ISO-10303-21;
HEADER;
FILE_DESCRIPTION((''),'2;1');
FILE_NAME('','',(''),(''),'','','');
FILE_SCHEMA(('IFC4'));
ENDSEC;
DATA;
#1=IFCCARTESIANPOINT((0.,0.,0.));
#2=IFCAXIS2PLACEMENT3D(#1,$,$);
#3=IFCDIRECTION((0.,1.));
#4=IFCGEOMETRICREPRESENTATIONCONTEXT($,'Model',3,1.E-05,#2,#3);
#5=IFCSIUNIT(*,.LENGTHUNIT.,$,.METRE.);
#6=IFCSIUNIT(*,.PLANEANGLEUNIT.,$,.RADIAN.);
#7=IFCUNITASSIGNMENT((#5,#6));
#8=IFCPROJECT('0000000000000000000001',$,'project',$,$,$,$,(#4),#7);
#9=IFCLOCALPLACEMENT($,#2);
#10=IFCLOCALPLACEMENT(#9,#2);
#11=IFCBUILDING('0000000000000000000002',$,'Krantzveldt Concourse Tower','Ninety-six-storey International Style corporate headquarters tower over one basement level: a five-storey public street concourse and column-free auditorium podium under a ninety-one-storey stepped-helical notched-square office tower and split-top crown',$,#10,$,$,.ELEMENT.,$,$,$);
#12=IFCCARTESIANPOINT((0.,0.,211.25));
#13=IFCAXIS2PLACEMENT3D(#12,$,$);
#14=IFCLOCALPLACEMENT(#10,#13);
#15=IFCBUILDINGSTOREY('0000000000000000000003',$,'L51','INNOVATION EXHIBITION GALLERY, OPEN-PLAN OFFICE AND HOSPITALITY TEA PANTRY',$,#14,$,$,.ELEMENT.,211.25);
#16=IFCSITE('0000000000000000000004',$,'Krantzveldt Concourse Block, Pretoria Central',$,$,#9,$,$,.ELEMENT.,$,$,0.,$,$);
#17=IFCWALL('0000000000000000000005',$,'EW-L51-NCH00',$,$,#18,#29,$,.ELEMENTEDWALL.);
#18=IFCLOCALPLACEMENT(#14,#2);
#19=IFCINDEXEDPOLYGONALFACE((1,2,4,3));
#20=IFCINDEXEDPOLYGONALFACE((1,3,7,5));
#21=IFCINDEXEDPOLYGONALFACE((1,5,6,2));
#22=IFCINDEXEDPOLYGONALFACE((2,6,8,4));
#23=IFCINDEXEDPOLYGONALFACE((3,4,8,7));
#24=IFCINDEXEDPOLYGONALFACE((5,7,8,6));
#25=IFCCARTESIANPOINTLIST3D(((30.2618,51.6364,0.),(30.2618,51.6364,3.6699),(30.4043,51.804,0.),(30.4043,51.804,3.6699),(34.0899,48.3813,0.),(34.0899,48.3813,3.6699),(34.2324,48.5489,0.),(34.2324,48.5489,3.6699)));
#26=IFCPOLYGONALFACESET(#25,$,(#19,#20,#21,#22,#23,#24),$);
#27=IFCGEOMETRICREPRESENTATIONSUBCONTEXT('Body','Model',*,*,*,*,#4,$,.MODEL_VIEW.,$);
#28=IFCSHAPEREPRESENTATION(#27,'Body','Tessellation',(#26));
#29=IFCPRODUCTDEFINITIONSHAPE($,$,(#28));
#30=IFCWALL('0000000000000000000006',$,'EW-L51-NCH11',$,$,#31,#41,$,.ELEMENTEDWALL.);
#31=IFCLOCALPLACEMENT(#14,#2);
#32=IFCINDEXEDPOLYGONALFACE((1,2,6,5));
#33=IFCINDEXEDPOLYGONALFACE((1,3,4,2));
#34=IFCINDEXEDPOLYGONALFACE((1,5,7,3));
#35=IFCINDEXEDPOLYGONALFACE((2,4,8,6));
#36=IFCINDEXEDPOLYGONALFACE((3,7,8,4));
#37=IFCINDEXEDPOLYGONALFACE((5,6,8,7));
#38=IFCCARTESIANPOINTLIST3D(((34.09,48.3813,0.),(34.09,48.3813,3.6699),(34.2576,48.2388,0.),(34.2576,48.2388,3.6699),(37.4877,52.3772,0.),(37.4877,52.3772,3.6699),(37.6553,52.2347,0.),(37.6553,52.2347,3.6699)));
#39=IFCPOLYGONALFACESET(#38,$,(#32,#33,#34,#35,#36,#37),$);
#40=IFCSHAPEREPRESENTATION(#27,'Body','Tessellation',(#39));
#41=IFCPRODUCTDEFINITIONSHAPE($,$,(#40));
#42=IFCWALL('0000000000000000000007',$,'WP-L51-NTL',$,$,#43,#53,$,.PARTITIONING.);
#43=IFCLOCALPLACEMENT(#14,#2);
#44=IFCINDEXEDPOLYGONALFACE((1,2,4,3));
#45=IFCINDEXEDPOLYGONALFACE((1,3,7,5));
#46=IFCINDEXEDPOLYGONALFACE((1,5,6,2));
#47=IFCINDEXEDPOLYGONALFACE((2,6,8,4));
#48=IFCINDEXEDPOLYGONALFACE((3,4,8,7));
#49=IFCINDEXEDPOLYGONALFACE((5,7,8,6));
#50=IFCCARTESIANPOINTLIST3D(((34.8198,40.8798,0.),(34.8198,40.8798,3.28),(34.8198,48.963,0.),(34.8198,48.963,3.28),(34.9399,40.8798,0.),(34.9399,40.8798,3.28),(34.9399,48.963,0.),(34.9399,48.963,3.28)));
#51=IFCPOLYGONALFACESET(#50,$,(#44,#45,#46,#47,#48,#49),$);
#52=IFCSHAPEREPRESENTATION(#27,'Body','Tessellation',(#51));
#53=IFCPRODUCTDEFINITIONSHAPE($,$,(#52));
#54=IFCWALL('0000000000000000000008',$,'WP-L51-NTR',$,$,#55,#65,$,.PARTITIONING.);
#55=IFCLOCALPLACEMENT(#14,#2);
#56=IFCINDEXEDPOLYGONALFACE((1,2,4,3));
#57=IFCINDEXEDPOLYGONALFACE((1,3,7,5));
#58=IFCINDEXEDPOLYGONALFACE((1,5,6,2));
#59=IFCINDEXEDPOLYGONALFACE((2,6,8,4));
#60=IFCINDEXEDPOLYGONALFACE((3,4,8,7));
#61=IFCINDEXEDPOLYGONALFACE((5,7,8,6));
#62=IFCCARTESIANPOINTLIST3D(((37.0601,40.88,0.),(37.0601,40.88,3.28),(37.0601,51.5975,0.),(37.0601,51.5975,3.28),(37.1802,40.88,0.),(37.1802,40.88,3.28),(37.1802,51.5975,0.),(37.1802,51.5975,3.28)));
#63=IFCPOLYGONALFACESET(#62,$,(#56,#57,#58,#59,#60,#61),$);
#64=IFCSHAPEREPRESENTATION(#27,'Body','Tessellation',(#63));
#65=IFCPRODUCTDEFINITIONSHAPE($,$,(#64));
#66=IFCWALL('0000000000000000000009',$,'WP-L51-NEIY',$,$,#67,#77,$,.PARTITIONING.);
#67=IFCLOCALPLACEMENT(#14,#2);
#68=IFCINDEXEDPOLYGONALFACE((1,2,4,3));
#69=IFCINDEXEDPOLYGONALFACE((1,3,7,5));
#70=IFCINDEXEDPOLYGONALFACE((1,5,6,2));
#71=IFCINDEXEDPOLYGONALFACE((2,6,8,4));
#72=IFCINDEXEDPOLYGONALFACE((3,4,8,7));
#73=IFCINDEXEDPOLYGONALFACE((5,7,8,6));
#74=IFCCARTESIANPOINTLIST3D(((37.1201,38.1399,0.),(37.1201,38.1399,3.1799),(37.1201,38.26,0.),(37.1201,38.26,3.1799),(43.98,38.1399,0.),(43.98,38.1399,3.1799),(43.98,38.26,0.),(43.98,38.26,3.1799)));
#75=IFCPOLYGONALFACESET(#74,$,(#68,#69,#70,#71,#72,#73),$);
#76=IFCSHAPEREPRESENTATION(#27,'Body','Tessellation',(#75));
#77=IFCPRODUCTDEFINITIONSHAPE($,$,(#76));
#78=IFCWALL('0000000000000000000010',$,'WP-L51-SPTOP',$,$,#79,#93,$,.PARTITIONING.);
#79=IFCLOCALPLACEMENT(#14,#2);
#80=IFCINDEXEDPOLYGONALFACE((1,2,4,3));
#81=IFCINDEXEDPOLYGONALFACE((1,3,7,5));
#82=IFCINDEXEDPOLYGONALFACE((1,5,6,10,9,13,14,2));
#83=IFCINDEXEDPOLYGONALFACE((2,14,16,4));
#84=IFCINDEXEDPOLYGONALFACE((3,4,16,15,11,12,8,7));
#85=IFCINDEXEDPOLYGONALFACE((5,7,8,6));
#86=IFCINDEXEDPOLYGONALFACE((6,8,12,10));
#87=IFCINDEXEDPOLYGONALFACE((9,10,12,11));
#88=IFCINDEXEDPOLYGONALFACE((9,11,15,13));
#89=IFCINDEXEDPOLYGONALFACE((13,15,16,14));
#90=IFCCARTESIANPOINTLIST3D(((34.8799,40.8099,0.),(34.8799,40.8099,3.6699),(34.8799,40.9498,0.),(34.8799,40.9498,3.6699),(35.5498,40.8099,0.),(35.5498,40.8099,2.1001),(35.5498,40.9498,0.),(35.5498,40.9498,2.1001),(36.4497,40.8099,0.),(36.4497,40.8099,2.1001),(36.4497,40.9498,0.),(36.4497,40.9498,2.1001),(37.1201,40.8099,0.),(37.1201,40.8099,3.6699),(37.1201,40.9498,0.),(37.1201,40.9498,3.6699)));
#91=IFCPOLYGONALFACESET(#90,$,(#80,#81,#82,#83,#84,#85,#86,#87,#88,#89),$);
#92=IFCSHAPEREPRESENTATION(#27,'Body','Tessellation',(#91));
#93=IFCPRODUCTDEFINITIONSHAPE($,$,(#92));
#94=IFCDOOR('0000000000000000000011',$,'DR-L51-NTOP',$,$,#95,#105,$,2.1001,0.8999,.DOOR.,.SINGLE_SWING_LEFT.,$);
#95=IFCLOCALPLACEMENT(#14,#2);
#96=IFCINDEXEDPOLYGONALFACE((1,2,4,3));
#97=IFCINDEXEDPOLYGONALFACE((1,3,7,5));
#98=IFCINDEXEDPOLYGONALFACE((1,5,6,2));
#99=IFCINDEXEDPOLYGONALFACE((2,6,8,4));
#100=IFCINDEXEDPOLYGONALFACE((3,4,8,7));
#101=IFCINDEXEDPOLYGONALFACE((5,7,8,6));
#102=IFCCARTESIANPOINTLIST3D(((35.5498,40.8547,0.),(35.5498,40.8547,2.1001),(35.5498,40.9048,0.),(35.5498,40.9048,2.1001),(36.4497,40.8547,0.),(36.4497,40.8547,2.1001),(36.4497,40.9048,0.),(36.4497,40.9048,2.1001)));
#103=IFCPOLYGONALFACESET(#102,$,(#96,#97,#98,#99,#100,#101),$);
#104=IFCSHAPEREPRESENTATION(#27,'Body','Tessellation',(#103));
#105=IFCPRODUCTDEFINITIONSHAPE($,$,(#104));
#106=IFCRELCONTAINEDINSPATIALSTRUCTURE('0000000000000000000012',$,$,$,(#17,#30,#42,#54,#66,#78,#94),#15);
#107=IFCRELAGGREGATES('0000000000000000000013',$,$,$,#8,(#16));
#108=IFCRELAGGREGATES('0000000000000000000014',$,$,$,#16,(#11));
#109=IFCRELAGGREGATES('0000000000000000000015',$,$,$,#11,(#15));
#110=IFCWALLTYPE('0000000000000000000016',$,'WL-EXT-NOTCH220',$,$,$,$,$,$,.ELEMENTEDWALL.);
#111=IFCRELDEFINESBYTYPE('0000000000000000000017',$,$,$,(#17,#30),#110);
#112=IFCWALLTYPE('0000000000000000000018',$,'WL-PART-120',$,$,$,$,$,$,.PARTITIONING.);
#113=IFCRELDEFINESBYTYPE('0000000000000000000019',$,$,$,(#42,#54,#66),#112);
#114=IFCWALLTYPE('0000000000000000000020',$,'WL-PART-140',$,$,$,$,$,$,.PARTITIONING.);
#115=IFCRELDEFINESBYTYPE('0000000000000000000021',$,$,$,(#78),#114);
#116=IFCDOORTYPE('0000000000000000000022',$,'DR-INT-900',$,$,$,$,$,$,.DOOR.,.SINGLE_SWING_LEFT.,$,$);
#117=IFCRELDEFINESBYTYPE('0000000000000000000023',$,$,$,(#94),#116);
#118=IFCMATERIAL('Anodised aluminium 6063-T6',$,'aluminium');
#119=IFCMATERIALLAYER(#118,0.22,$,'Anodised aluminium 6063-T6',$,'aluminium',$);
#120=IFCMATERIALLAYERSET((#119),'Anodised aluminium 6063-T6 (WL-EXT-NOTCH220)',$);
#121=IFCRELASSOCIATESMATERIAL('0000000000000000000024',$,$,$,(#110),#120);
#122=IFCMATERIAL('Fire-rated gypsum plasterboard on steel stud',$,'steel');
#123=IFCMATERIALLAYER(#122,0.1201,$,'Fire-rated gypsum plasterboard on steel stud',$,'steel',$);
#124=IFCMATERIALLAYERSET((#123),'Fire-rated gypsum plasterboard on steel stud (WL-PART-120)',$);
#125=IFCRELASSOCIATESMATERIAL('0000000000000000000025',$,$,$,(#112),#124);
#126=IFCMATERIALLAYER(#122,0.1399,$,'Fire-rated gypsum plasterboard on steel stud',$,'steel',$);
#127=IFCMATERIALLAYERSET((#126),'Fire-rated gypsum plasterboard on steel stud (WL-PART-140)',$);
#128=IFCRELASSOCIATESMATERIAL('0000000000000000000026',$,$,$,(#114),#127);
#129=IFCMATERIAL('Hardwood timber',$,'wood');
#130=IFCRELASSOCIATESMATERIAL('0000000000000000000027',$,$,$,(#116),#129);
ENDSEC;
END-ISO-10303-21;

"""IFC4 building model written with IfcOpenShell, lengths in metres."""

from ifc_helpers import new_model, si_unit, direction, frame, frame_2d, origin, place, context, subcontext, project, spatial, rectangle, extrude, material, layer, layer_set, type_object, element, fill, save


model = new_model("IFC4")

# Units and contexts
model_context = context("Model", 3, precision=1e-05, world=origin(), true_north=direction((0.0, 1.0)))
body_context = subcontext(model_context, "Body", "Model", "MODEL_VIEW")
ifc_project = project(units=[si_unit("LENGTHUNIT", "METRE"), si_unit("PLANEANGLEUNIT", "RADIAN")], contexts=[model_context])

# Site, building, storey
site_placement = place(None, origin())
site = spatial("IfcSite", under=ifc_project, at=site_placement, Name="Krantzveldt Concourse Block, Pretoria Central", CompositionType="ELEMENT", RefElevation=0.0)
building_placement = place(site_placement, origin())
building = spatial("IfcBuilding", under=site, at=building_placement, Name="Krantzveldt Concourse Tower", Description="Ninety-six-storey International Style corporate headquarters tower over one basement level: a five-storey public street concourse and column-free auditorium podium under a ninety-one-storey stepped-helical notched-square office tower and split-top crown", CompositionType="ELEMENT")
storey_placement = place(building_placement, frame((0.0, 0.0, 211.25)))
storey = spatial("IfcBuildingStorey", under=building, at=storey_placement, Name="L51", Description="INNOVATION EXHIBITION GALLERY, OPEN-PLAN OFFICE AND HOSPITALITY TEA PANTRY", CompositionType="ELEMENT", Elevation=211.25)

# Shared definitions
ifc_material_1 = material(Name="Anodised aluminium 6063-T6", Category="aluminium")

# Walls
ifc_layer_1 = layer(ifc_material_1, 0.22, Name="Anodised aluminium 6063-T6", Category="aluminium")
ifc_layer_set_1 = layer_set([ifc_layer_1], Name="Anodised aluminium 6063-T6 (WL-EXT-NOTCH220)")
wall_type_1 = type_object("IfcWallType", Name="WL-EXT-NOTCH220", PredefinedType="ELEMENTEDWALL", material=ifc_layer_set_1)
wall_1_placement = place(storey_placement, frame((34.1611, 48.4651, 0.0), z_axis=(0.0, 0.0, 1.0), x_axis=(-0.761819, 0.647789, 0.0)))
element("IfcWall", 1, at=wall_1_placement, inside=storey, type_object=wall_type_1, Name="EW-L51-NCH00", PredefinedType="ELEMENTEDWALL", context=body_context, shape_type="SweptSolid", body=[
    extrude(rectangle(XDim=5.0249, YDim=0.22, at=frame_2d((2.5125, 0.0))), origin(), (0.0, 0.0, 1.0), 3.6699),
])
wall_2_placement = place(storey_placement, frame((37.5715, 52.3059, 0.0), z_axis=(0.0, 0.0, 1.0), x_axis=(-0.647785, -0.761823, 0.0)))
element("IfcWall", 2, at=wall_2_placement, inside=storey, type_object=wall_type_1, Name="EW-L51-NCH11", PredefinedType="ELEMENTEDWALL", context=body_context, shape_type="SweptSolid", body=[
    extrude(rectangle(XDim=5.2451, YDim=0.22, at=frame_2d((2.6226, 0.0))), origin(), (0.0, 0.0, 1.0), 3.6699),
])
ifc_material_2 = material(Name="Fire-rated gypsum plasterboard on steel stud", Category="steel")
ifc_layer_2 = layer(ifc_material_2, 0.1201, Name="Fire-rated gypsum plasterboard on steel stud", Category="steel")
ifc_layer_set_2 = layer_set([ifc_layer_2], Name="Fire-rated gypsum plasterboard on steel stud (WL-PART-120)")
wall_type_2 = type_object("IfcWallType", Name="WL-PART-120", PredefinedType="PARTITIONING", material=ifc_layer_set_2)
wall_3_placement = place(storey_placement, frame((34.8799, 40.8799, 0.0), z_axis=(0.0, 0.0, 1.0), x_axis=(0.0, 1.0, 0.0)))
element("IfcWall", 3, at=wall_3_placement, inside=storey, type_object=wall_type_2, Name="WP-L51-NTL", PredefinedType="PARTITIONING", context=body_context, shape_type="SweptSolid", body=[
    extrude(rectangle(XDim=8.0833, YDim=0.1201, at=frame_2d((4.0415, 0.0))), origin(), (0.0, 0.0, 1.0), 3.28),
])
wall_4_placement = place(storey_placement, frame((37.1201, 40.8799, 0.0), z_axis=(0.0, 0.0, 1.0), x_axis=(0.0, 1.0, 0.0)))
element("IfcWall", 4, at=wall_4_placement, inside=storey, type_object=wall_type_2, Name="WP-L51-NTR", PredefinedType="PARTITIONING", context=body_context, shape_type="SweptSolid", body=[
    extrude(rectangle(XDim=10.7175, YDim=0.1201, at=frame_2d((5.3589, 0.0))), origin(), (0.0, 0.0, 1.0), 3.28),
])
wall_5_placement = place(storey_placement, frame((37.1201, 38.2, 0.0), z_axis=(0.0, 0.0, 1.0), x_axis=(1.0, 0.0, 0.0)))
element("IfcWall", 5, at=wall_5_placement, inside=storey, type_object=wall_type_2, Name="WP-L51-NEIY", PredefinedType="PARTITIONING", context=body_context, shape_type="SweptSolid", body=[
    extrude(rectangle(XDim=6.8599, YDim=0.1201, at=frame_2d((3.4299, 0.0))), origin(), (0.0, 0.0, 1.0), 3.1799),
])

# Wall, opening, door
ifc_layer_3 = layer(ifc_material_2, 0.1399, Name="Fire-rated gypsum plasterboard on steel stud", Category="steel")
ifc_layer_set_3 = layer_set([ifc_layer_3], Name="Fire-rated gypsum plasterboard on steel stud (WL-PART-140)")
wall_type_3 = type_object("IfcWallType", Name="WL-PART-140", PredefinedType="PARTITIONING", material=ifc_layer_set_3)
wall_6_placement = place(storey_placement, frame((34.8799, 40.8799, 0.0), z_axis=(0.0, 0.0, 1.0), x_axis=(1.0, 0.0, 0.0)))
wall_6 = element("IfcWall", 6, at=wall_6_placement, inside=storey, type_object=wall_type_3, Name="WP-L51-SPTOP", PredefinedType="PARTITIONING", context=body_context, shape_type="SweptSolid", body=[
    extrude(rectangle(XDim=2.2402, YDim=0.1399, at=frame_2d((1.1201, 0.0))), origin(), (0.0, 0.0, 1.0), 3.6699),
])
opening_placement = place(wall_6_placement, frame((0.6699, 0.0, 0.0)))
opening = element("IfcOpeningElement", 7, at=opening_placement, cuts=wall_6, PredefinedType="OPENING", context=body_context, shape_type="SweptSolid", body=[
    extrude(rectangle(XDim=0.8999, YDim=2.1001, at=frame_2d((0.45, 1.05))), frame((0.0, 0.0801, 0.0), z_axis=(0.0, -1.0, 0.0), x_axis=(1.0, 0.0, 0.0)), (0.0, 0.0, 1.0), 0.1599),
])
ifc_material_3 = material(Name="Hardwood timber", Category="wood")
door_type = type_object("IfcDoorType", Name="DR-INT-900", OperationType="SINGLE_SWING_LEFT", PredefinedType="DOOR", material=ifc_material_3)
door_placement = place(opening_placement, origin())
door = element("IfcDoor", 8, at=door_placement, inside=storey, type_object=door_type, Name="DR-L51-NTOP", OperationType="SINGLE_SWING_LEFT", OverallHeight=2.1001, OverallWidth=0.8999, PredefinedType="DOOR", context=body_context, shape_type="SweptSolid", body=[
    extrude(rectangle(XDim=0.8999, YDim=2.1001, at=frame_2d((0.45, 1.05))), frame((0.0, 0.0249, 0.0), z_axis=(0.0, -1.0, 0.0), x_axis=(1.0, 0.0, 0.0)), (0.0, 0.0, 1.0), 0.05),
])
fill(opening, door)

save(model, "model.ifc")
